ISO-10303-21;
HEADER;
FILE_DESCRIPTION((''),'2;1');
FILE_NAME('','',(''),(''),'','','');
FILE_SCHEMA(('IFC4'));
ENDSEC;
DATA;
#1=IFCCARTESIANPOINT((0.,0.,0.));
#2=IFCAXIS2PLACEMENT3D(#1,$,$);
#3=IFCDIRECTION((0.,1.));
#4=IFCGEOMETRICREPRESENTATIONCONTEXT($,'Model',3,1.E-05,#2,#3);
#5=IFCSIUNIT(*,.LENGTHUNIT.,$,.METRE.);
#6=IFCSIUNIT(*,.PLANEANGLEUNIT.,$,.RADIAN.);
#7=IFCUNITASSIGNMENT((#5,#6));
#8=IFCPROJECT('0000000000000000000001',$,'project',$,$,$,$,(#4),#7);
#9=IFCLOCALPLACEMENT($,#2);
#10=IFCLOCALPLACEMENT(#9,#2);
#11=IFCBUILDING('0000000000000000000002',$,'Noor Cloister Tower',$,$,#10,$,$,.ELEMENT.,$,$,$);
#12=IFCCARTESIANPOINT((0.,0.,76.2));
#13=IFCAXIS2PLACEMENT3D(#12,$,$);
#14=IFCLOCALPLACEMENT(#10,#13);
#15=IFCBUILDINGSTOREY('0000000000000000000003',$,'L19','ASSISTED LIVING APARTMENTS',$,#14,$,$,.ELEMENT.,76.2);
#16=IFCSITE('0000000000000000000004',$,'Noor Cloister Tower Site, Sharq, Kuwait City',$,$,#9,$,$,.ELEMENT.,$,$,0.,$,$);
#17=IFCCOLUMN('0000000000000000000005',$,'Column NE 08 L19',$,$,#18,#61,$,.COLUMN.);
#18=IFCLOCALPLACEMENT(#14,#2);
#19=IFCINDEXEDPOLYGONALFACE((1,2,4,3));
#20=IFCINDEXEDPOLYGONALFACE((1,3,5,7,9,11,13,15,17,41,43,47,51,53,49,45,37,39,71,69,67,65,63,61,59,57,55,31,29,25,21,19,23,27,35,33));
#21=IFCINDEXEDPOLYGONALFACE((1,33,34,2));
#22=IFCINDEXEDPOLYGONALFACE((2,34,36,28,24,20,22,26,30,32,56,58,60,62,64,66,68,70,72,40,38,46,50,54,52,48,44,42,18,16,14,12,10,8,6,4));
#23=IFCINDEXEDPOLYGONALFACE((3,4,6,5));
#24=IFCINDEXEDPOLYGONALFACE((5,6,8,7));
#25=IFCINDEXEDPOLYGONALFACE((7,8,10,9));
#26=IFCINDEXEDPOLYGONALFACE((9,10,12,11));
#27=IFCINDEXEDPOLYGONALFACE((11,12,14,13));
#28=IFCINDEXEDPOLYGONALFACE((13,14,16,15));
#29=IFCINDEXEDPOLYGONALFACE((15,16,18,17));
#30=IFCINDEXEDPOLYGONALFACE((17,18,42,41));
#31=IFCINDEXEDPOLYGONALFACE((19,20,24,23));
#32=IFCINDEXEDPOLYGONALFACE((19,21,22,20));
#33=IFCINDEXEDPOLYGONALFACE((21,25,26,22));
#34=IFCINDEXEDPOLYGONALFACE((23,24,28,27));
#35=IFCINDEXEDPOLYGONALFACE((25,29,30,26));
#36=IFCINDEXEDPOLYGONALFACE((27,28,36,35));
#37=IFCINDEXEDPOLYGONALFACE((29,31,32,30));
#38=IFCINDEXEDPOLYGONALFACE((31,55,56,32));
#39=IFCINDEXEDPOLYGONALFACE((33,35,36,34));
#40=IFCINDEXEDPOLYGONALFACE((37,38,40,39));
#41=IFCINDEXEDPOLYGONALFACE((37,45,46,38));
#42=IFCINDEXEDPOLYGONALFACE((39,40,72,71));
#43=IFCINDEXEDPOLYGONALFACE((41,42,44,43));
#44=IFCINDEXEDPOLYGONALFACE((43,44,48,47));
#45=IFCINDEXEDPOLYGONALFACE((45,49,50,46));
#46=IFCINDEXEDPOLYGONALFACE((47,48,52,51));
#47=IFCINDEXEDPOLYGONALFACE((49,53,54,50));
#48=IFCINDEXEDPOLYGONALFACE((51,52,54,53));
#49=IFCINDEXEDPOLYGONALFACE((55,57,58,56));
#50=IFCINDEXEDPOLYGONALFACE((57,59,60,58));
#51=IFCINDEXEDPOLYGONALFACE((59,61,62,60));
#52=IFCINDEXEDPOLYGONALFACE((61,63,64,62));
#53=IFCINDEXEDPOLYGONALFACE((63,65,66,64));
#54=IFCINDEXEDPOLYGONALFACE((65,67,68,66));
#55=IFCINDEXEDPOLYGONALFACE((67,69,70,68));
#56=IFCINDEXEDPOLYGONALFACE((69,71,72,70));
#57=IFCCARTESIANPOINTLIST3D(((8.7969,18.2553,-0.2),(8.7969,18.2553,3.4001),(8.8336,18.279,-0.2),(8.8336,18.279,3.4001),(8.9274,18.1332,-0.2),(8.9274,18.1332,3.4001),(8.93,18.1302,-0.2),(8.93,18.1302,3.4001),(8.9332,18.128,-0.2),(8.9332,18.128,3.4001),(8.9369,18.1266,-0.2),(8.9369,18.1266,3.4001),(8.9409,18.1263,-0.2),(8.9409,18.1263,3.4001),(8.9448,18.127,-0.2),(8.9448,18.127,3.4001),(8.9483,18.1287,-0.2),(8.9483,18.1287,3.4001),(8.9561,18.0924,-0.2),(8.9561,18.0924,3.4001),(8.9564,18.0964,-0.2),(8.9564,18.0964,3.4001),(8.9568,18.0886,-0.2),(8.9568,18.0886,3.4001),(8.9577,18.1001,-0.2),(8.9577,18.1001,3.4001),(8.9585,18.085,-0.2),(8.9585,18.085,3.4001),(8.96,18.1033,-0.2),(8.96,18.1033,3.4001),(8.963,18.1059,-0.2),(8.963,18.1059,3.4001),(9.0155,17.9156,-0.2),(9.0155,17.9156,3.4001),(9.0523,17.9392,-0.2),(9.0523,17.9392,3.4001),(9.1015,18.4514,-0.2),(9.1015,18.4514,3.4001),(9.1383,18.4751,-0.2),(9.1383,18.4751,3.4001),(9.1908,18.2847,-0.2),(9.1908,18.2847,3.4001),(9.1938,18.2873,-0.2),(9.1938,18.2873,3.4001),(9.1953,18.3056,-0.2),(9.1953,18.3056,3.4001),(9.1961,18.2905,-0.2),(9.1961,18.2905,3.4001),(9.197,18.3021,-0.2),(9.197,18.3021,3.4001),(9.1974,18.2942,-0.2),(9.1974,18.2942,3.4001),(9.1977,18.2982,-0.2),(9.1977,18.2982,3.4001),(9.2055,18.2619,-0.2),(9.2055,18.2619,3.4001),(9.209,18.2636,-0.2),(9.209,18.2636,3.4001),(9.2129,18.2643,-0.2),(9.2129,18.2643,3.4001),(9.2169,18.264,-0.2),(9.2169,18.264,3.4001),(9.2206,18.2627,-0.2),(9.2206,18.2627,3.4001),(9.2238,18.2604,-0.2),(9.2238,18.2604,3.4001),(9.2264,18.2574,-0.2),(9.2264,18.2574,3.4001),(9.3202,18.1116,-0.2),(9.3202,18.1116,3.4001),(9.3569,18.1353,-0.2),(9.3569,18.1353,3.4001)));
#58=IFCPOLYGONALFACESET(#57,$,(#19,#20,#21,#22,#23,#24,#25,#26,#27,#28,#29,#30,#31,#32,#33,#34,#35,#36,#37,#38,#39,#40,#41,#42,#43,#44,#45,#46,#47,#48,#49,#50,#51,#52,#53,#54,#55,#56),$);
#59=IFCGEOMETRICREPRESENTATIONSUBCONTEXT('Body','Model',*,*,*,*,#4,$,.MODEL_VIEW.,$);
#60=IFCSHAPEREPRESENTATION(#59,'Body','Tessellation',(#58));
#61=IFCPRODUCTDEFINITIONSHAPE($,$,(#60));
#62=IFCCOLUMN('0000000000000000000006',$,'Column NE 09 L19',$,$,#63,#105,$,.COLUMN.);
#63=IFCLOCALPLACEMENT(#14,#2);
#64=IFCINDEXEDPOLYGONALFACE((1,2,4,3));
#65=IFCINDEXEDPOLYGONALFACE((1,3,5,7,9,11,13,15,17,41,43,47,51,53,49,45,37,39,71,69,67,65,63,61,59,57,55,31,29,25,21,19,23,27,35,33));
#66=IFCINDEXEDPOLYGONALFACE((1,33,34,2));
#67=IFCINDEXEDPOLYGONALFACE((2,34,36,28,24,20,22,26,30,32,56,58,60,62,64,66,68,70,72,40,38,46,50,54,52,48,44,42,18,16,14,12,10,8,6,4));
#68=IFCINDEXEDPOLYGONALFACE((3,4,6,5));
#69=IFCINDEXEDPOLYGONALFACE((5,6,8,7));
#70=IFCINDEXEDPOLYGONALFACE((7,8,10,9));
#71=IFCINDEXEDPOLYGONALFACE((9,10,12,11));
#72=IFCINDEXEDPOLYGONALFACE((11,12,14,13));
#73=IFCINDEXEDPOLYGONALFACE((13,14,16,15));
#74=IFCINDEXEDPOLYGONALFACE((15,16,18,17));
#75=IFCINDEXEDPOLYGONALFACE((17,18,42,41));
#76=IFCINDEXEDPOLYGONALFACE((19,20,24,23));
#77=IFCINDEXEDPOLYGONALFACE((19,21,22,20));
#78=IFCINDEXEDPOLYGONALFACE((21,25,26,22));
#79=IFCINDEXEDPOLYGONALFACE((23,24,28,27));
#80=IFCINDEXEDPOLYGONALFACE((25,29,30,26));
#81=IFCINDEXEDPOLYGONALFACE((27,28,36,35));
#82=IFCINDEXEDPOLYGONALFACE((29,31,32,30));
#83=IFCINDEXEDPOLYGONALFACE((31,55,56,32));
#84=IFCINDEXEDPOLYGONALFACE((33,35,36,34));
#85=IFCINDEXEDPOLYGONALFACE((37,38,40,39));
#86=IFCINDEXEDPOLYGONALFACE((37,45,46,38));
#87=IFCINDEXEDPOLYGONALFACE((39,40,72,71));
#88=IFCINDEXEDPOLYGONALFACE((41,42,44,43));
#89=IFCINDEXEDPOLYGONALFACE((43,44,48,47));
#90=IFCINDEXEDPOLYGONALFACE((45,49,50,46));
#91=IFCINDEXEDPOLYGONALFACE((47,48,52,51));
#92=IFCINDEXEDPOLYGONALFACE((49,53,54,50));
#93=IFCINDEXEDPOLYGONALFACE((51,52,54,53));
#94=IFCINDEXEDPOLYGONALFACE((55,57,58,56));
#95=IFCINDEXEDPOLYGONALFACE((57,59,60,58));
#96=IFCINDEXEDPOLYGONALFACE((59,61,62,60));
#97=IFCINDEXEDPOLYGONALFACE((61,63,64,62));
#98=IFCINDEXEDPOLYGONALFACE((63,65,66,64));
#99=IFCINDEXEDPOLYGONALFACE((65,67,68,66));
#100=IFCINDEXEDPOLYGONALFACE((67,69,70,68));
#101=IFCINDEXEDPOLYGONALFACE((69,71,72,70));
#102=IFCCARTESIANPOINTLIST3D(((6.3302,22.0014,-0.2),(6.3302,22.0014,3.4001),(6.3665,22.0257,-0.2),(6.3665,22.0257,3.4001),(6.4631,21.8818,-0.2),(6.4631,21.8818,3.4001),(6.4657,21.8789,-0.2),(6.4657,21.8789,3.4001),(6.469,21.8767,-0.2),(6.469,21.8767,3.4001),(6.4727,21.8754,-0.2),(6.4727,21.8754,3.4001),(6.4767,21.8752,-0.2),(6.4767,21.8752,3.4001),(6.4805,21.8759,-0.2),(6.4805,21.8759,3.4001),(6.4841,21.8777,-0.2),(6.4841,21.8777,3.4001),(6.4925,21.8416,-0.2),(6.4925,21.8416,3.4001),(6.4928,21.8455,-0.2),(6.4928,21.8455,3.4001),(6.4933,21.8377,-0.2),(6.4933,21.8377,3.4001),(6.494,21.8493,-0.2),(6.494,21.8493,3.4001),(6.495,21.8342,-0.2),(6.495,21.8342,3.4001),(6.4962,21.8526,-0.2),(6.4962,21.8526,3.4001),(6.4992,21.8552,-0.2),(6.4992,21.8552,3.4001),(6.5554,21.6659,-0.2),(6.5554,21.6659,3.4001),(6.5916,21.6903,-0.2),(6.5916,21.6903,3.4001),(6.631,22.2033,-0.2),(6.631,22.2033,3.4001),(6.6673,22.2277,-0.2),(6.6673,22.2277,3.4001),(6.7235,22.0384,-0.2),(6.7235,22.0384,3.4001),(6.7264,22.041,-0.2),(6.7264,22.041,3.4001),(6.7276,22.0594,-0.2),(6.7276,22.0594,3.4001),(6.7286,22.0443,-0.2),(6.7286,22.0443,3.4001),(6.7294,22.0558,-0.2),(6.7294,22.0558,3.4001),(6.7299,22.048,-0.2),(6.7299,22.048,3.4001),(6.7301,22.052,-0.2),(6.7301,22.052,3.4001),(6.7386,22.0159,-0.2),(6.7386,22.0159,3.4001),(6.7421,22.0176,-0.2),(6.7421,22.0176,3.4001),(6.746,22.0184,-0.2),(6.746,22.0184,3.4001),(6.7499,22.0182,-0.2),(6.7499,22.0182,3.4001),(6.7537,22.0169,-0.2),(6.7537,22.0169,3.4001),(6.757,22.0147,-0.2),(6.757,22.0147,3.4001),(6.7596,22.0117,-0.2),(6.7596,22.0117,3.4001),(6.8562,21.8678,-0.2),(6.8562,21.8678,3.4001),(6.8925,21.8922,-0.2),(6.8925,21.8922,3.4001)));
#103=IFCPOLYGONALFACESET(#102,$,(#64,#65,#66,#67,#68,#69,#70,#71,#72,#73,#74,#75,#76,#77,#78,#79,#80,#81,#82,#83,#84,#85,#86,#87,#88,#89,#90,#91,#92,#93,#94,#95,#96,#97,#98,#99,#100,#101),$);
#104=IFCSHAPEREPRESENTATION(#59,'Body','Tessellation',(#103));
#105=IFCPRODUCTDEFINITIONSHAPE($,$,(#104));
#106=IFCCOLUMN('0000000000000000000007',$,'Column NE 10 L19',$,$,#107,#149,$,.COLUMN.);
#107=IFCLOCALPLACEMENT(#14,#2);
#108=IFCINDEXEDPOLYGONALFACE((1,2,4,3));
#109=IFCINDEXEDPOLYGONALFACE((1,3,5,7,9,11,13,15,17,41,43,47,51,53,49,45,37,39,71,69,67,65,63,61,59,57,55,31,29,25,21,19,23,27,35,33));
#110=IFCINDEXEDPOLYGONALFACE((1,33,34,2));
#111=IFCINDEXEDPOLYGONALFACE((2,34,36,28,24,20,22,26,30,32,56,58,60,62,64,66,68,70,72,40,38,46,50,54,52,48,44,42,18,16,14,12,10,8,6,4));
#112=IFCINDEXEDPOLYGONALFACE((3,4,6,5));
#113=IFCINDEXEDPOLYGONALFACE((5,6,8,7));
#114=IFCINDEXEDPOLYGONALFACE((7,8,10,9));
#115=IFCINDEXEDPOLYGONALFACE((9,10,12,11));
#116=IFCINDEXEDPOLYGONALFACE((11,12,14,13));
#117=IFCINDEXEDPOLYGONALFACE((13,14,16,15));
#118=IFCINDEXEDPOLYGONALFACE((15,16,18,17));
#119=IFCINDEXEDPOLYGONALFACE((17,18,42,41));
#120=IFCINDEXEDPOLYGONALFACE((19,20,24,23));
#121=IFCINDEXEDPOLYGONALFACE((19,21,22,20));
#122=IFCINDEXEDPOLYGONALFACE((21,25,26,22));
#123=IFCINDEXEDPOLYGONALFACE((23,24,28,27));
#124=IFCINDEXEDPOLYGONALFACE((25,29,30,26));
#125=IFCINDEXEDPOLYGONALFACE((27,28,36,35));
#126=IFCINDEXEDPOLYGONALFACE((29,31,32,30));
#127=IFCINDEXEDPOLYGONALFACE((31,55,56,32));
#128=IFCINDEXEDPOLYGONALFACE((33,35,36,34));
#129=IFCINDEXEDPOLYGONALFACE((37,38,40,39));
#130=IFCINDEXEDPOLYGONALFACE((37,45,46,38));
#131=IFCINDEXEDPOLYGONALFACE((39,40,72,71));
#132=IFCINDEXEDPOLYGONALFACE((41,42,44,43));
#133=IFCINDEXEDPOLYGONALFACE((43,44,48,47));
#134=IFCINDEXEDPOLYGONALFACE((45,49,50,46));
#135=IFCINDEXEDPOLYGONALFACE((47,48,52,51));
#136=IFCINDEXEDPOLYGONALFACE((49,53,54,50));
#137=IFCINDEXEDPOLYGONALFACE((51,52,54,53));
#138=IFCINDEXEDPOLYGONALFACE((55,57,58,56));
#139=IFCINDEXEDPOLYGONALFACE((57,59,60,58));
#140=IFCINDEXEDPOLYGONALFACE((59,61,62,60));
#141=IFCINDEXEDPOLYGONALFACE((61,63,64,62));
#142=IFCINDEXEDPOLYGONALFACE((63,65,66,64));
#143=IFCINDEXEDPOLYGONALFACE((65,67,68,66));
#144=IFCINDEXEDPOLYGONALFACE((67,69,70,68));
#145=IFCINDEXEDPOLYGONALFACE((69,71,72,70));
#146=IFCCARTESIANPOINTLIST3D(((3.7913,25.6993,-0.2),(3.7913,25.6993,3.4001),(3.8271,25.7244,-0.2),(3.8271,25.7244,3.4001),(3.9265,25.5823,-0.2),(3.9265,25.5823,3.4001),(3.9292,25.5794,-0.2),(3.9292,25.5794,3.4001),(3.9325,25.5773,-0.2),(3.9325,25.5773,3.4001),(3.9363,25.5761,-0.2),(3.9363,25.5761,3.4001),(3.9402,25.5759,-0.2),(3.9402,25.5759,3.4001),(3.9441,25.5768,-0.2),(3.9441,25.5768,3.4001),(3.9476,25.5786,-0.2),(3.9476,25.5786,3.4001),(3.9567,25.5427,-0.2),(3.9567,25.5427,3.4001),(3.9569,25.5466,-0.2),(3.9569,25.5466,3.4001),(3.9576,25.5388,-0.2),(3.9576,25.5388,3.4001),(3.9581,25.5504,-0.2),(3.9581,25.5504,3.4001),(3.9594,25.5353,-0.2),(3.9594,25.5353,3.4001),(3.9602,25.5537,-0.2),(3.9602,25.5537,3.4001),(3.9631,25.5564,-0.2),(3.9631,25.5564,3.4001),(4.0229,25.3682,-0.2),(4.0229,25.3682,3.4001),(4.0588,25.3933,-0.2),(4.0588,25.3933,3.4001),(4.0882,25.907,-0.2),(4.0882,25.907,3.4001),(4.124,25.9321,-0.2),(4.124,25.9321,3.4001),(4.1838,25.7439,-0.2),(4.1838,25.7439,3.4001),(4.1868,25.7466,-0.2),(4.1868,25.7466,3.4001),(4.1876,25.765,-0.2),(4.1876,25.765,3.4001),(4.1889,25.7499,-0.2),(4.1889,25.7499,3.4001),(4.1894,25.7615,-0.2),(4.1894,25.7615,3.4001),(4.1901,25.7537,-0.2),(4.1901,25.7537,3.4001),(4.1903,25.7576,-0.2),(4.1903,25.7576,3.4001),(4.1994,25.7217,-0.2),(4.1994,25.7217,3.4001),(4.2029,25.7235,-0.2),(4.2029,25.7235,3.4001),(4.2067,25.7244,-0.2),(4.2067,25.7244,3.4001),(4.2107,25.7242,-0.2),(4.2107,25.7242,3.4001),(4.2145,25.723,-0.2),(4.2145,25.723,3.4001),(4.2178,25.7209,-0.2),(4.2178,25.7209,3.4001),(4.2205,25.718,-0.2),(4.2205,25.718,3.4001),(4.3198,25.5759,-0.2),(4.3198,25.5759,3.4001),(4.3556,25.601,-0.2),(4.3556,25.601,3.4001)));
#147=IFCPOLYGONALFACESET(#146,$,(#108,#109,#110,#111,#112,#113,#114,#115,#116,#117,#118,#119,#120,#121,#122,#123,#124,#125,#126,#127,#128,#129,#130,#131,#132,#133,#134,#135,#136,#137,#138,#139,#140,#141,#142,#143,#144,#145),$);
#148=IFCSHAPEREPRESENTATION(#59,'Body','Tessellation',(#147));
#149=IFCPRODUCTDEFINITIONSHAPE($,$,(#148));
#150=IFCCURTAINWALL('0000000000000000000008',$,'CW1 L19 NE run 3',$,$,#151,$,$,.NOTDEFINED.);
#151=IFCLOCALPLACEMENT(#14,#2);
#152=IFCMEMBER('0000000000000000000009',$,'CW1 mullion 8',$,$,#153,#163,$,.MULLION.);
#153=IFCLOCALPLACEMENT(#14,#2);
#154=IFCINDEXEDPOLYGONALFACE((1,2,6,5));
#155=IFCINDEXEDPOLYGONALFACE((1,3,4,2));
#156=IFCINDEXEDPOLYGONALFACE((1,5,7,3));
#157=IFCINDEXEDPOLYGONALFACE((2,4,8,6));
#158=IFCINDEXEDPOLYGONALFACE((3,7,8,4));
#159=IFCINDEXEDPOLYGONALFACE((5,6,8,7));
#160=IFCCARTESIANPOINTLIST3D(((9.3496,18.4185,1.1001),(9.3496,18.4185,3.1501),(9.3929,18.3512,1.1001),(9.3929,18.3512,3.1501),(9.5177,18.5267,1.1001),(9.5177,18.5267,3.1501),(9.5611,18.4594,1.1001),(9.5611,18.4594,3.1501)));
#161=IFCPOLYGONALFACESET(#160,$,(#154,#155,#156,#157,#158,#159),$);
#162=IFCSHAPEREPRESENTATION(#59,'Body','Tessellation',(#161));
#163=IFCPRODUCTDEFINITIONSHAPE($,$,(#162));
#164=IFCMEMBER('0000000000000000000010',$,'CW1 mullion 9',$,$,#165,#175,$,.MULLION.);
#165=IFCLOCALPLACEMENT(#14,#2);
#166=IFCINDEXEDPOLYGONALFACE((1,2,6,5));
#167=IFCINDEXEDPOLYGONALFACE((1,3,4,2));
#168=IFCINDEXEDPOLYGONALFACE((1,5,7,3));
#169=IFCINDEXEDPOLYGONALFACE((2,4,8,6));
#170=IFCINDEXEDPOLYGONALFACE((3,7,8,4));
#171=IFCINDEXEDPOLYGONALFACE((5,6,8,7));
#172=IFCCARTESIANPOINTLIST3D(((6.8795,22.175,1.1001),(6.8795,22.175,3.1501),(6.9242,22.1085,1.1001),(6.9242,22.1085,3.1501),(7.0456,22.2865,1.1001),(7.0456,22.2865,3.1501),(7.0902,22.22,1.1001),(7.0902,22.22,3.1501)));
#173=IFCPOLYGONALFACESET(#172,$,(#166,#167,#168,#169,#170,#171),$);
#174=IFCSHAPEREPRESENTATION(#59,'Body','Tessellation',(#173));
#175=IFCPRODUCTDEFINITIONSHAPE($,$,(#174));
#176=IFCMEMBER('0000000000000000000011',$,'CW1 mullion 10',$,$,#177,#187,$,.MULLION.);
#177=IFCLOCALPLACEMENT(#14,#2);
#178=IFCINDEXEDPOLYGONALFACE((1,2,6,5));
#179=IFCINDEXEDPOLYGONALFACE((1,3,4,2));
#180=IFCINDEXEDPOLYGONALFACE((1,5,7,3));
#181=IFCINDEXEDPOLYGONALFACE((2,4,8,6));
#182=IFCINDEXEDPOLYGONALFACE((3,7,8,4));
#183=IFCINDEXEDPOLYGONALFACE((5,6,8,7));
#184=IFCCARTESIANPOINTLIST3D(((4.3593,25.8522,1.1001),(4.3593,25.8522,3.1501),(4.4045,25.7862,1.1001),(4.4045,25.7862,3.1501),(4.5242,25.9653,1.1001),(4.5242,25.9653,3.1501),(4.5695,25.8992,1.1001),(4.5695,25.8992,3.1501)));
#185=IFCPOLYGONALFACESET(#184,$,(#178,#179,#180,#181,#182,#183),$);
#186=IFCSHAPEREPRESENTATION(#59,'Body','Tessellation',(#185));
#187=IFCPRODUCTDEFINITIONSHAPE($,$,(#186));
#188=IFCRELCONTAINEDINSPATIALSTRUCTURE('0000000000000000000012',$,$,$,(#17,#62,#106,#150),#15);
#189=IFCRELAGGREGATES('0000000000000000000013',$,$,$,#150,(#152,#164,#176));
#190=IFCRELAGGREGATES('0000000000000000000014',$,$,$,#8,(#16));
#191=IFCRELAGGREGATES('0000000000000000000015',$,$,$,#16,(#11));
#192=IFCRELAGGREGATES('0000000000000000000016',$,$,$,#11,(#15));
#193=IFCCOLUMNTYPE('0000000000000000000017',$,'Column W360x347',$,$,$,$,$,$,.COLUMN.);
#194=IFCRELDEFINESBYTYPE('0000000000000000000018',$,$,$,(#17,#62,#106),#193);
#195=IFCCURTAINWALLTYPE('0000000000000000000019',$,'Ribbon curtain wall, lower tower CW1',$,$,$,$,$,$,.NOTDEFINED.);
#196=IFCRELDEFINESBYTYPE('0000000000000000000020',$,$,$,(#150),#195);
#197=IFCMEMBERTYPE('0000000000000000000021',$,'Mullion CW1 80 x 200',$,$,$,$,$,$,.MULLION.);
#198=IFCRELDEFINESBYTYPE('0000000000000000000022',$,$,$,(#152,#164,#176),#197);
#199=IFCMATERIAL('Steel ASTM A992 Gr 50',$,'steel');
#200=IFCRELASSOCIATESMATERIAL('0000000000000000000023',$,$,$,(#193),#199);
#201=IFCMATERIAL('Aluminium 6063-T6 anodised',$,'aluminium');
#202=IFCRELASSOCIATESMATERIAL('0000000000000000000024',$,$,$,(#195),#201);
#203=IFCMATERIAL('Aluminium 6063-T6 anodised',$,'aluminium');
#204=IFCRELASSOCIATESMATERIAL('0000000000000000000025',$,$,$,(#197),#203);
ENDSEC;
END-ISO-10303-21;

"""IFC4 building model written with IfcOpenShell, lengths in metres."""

from ifc_helpers import new_model, si_unit, direction, frame, origin, origin_2d, place, context, subcontext, project, spatial, rectangle, i_section, extrude, material, material_profile, profile_set, type_object, element, aggregate, save


model = new_model("IFC4")

# Units and contexts
model_context = context("Model", 3, precision=1e-05, world=origin(), true_north=direction((0.0, 1.0)))
body_context = subcontext(model_context, "Body", "Model", "MODEL_VIEW")
ifc_project = project(units=[si_unit("LENGTHUNIT", "METRE"), si_unit("PLANEANGLEUNIT", "RADIAN")], contexts=[model_context])

# Site, building, storey
site_placement = place(None, origin())
site = spatial("IfcSite", under=ifc_project, at=site_placement, Name="Noor Cloister Tower Site, Sharq, Kuwait City", CompositionType="ELEMENT", RefElevation=0.0)
building_placement = place(site_placement, origin())
building = spatial("IfcBuilding", under=site, at=building_placement, Name="Noor Cloister Tower", CompositionType="ELEMENT")
storey_placement = place(building_placement, frame((0.0, 0.0, 76.2)))
storey = spatial("IfcBuildingStorey", under=building, at=storey_placement, Name="L19", Description="ASSISTED LIVING APARTMENTS", CompositionType="ELEMENT", Elevation=76.2)

# Columns
ifc_material_1 = material(Name="Steel ASTM A992 Gr 50", Category="steel")
ifc_material_profile_1 = material_profile(ifc_material_1, i_section(OverallWidth=0.4041, OverallDepth=0.406, WebThickness=0.0271, FlangeThickness=0.0437, FilletRadius=0.0151, at=origin_2d()), Name="W360x347")
ifc_profile_set_1 = profile_set([ifc_material_profile_1], Name="Steel ASTM A992 Gr 50")
column_type = type_object("IfcColumnType", Name="Column W360x347", PredefinedType="COLUMN", material=ifc_profile_set_1)
for number, where, z_axis, x_axis, name in (
    (1, (9.0769, 18.1953, -0.2), (0.0, 0.0, 1.0), (-0.541171, 0.840912, 0.0), "Column NE 08 L19"),
    (2, (6.6113, 21.9468, -0.2), (0.0, 0.0, 1.0), (-0.557293, 0.830316, 0.0), "Column NE 09 L19"),
    (3, (4.0735, 25.6501, -0.2), (0.0, 0.0, 1.0), (-0.573207, 0.819411, 0.0), "Column NE 10 L19"),
):
    element("IfcColumn", number, at=place(storey_placement, frame(where, z_axis=z_axis, x_axis=x_axis)), inside=storey, type_object=column_type, Name=name, PredefinedType="COLUMN", context=body_context, shape_type="SweptSolid", body=[
        extrude(i_section(OverallWidth=0.4041, OverallDepth=0.406, WebThickness=0.0271, FlangeThickness=0.0437, FilletRadius=0.0151, at=origin_2d()), origin(), (0.0, 0.0, 1.0), 3.6001),
    ])

# Curtain wall, members
ifc_material_2 = material(Name="Aluminium 6063-T6 anodised", Category="aluminium")
curtain_wall_type = type_object("IfcCurtainWallType", Name="Ribbon curtain wall, lower tower CW1", PredefinedType="NOTDEFINED", material=ifc_material_2)
curtain_wall_placement = place(storey_placement, origin())
curtain_wall = element("IfcCurtainWall", 4, at=curtain_wall_placement, inside=storey, type_object=curtain_wall_type, Name="CW1 L19 NE run 3", PredefinedType="NOTDEFINED")
ifc_material_3 = material(Name="Aluminium 6063-T6 anodised", Category="aluminium")
ifc_material_profile_2 = material_profile(ifc_material_3, rectangle(XDim=0.2, YDim=0.0801, at=origin_2d()), Name="200 x 80 mullion")
ifc_profile_set_2 = profile_set([ifc_material_profile_2], Name="Aluminium 6063-T6 anodised")
member_type = type_object("IfcMemberType", Name="Mullion CW1 80 x 200", PredefinedType="MULLION", material=ifc_profile_set_2)
member_1_placement = place(storey_placement, frame((9.4553, 18.439, 1.1001), z_axis=(0.0, 0.0, 1.0), x_axis=(-0.840912, -0.541171, 0.0)))
member_1 = element("IfcMember", 5, at=member_1_placement, type_object=member_type, Name="CW1 mullion 8", PredefinedType="MULLION", context=body_context, shape_type="SweptSolid", body=[
    extrude(rectangle(XDim=0.2, YDim=0.0801, at=origin_2d()), origin(), (0.0, 0.0, 1.0), 2.05),
])
member_2_placement = place(storey_placement, frame((6.9849, 22.1975, 1.1001), z_axis=(0.0, 0.0, 1.0), x_axis=(-0.830316, -0.557293, 0.0)))
member_2 = element("IfcMember", 6, at=member_2_placement, type_object=member_type, Name="CW1 mullion 9", PredefinedType="MULLION", context=body_context, shape_type="SweptSolid", body=[
    extrude(rectangle(XDim=0.2, YDim=0.0801, at=origin_2d()), origin(), (0.0, 0.0, 1.0), 2.05),
])
member_3_placement = place(storey_placement, frame((4.4644, 25.8757, 1.1001), z_axis=(0.0, 0.0, 1.0), x_axis=(-0.824902, -0.565276, 0.0)))
member_3 = element("IfcMember", 7, at=member_3_placement, type_object=member_type, Name="CW1 mullion 10", PredefinedType="MULLION", context=body_context, shape_type="SweptSolid", body=[
    extrude(rectangle(XDim=0.2, YDim=0.0801, at=origin_2d()), origin(), (0.0, 0.0, 1.0), 2.05),
])

aggregate(curtain_wall, [member_1, member_2, member_3])

save(model, "model.ifc")
